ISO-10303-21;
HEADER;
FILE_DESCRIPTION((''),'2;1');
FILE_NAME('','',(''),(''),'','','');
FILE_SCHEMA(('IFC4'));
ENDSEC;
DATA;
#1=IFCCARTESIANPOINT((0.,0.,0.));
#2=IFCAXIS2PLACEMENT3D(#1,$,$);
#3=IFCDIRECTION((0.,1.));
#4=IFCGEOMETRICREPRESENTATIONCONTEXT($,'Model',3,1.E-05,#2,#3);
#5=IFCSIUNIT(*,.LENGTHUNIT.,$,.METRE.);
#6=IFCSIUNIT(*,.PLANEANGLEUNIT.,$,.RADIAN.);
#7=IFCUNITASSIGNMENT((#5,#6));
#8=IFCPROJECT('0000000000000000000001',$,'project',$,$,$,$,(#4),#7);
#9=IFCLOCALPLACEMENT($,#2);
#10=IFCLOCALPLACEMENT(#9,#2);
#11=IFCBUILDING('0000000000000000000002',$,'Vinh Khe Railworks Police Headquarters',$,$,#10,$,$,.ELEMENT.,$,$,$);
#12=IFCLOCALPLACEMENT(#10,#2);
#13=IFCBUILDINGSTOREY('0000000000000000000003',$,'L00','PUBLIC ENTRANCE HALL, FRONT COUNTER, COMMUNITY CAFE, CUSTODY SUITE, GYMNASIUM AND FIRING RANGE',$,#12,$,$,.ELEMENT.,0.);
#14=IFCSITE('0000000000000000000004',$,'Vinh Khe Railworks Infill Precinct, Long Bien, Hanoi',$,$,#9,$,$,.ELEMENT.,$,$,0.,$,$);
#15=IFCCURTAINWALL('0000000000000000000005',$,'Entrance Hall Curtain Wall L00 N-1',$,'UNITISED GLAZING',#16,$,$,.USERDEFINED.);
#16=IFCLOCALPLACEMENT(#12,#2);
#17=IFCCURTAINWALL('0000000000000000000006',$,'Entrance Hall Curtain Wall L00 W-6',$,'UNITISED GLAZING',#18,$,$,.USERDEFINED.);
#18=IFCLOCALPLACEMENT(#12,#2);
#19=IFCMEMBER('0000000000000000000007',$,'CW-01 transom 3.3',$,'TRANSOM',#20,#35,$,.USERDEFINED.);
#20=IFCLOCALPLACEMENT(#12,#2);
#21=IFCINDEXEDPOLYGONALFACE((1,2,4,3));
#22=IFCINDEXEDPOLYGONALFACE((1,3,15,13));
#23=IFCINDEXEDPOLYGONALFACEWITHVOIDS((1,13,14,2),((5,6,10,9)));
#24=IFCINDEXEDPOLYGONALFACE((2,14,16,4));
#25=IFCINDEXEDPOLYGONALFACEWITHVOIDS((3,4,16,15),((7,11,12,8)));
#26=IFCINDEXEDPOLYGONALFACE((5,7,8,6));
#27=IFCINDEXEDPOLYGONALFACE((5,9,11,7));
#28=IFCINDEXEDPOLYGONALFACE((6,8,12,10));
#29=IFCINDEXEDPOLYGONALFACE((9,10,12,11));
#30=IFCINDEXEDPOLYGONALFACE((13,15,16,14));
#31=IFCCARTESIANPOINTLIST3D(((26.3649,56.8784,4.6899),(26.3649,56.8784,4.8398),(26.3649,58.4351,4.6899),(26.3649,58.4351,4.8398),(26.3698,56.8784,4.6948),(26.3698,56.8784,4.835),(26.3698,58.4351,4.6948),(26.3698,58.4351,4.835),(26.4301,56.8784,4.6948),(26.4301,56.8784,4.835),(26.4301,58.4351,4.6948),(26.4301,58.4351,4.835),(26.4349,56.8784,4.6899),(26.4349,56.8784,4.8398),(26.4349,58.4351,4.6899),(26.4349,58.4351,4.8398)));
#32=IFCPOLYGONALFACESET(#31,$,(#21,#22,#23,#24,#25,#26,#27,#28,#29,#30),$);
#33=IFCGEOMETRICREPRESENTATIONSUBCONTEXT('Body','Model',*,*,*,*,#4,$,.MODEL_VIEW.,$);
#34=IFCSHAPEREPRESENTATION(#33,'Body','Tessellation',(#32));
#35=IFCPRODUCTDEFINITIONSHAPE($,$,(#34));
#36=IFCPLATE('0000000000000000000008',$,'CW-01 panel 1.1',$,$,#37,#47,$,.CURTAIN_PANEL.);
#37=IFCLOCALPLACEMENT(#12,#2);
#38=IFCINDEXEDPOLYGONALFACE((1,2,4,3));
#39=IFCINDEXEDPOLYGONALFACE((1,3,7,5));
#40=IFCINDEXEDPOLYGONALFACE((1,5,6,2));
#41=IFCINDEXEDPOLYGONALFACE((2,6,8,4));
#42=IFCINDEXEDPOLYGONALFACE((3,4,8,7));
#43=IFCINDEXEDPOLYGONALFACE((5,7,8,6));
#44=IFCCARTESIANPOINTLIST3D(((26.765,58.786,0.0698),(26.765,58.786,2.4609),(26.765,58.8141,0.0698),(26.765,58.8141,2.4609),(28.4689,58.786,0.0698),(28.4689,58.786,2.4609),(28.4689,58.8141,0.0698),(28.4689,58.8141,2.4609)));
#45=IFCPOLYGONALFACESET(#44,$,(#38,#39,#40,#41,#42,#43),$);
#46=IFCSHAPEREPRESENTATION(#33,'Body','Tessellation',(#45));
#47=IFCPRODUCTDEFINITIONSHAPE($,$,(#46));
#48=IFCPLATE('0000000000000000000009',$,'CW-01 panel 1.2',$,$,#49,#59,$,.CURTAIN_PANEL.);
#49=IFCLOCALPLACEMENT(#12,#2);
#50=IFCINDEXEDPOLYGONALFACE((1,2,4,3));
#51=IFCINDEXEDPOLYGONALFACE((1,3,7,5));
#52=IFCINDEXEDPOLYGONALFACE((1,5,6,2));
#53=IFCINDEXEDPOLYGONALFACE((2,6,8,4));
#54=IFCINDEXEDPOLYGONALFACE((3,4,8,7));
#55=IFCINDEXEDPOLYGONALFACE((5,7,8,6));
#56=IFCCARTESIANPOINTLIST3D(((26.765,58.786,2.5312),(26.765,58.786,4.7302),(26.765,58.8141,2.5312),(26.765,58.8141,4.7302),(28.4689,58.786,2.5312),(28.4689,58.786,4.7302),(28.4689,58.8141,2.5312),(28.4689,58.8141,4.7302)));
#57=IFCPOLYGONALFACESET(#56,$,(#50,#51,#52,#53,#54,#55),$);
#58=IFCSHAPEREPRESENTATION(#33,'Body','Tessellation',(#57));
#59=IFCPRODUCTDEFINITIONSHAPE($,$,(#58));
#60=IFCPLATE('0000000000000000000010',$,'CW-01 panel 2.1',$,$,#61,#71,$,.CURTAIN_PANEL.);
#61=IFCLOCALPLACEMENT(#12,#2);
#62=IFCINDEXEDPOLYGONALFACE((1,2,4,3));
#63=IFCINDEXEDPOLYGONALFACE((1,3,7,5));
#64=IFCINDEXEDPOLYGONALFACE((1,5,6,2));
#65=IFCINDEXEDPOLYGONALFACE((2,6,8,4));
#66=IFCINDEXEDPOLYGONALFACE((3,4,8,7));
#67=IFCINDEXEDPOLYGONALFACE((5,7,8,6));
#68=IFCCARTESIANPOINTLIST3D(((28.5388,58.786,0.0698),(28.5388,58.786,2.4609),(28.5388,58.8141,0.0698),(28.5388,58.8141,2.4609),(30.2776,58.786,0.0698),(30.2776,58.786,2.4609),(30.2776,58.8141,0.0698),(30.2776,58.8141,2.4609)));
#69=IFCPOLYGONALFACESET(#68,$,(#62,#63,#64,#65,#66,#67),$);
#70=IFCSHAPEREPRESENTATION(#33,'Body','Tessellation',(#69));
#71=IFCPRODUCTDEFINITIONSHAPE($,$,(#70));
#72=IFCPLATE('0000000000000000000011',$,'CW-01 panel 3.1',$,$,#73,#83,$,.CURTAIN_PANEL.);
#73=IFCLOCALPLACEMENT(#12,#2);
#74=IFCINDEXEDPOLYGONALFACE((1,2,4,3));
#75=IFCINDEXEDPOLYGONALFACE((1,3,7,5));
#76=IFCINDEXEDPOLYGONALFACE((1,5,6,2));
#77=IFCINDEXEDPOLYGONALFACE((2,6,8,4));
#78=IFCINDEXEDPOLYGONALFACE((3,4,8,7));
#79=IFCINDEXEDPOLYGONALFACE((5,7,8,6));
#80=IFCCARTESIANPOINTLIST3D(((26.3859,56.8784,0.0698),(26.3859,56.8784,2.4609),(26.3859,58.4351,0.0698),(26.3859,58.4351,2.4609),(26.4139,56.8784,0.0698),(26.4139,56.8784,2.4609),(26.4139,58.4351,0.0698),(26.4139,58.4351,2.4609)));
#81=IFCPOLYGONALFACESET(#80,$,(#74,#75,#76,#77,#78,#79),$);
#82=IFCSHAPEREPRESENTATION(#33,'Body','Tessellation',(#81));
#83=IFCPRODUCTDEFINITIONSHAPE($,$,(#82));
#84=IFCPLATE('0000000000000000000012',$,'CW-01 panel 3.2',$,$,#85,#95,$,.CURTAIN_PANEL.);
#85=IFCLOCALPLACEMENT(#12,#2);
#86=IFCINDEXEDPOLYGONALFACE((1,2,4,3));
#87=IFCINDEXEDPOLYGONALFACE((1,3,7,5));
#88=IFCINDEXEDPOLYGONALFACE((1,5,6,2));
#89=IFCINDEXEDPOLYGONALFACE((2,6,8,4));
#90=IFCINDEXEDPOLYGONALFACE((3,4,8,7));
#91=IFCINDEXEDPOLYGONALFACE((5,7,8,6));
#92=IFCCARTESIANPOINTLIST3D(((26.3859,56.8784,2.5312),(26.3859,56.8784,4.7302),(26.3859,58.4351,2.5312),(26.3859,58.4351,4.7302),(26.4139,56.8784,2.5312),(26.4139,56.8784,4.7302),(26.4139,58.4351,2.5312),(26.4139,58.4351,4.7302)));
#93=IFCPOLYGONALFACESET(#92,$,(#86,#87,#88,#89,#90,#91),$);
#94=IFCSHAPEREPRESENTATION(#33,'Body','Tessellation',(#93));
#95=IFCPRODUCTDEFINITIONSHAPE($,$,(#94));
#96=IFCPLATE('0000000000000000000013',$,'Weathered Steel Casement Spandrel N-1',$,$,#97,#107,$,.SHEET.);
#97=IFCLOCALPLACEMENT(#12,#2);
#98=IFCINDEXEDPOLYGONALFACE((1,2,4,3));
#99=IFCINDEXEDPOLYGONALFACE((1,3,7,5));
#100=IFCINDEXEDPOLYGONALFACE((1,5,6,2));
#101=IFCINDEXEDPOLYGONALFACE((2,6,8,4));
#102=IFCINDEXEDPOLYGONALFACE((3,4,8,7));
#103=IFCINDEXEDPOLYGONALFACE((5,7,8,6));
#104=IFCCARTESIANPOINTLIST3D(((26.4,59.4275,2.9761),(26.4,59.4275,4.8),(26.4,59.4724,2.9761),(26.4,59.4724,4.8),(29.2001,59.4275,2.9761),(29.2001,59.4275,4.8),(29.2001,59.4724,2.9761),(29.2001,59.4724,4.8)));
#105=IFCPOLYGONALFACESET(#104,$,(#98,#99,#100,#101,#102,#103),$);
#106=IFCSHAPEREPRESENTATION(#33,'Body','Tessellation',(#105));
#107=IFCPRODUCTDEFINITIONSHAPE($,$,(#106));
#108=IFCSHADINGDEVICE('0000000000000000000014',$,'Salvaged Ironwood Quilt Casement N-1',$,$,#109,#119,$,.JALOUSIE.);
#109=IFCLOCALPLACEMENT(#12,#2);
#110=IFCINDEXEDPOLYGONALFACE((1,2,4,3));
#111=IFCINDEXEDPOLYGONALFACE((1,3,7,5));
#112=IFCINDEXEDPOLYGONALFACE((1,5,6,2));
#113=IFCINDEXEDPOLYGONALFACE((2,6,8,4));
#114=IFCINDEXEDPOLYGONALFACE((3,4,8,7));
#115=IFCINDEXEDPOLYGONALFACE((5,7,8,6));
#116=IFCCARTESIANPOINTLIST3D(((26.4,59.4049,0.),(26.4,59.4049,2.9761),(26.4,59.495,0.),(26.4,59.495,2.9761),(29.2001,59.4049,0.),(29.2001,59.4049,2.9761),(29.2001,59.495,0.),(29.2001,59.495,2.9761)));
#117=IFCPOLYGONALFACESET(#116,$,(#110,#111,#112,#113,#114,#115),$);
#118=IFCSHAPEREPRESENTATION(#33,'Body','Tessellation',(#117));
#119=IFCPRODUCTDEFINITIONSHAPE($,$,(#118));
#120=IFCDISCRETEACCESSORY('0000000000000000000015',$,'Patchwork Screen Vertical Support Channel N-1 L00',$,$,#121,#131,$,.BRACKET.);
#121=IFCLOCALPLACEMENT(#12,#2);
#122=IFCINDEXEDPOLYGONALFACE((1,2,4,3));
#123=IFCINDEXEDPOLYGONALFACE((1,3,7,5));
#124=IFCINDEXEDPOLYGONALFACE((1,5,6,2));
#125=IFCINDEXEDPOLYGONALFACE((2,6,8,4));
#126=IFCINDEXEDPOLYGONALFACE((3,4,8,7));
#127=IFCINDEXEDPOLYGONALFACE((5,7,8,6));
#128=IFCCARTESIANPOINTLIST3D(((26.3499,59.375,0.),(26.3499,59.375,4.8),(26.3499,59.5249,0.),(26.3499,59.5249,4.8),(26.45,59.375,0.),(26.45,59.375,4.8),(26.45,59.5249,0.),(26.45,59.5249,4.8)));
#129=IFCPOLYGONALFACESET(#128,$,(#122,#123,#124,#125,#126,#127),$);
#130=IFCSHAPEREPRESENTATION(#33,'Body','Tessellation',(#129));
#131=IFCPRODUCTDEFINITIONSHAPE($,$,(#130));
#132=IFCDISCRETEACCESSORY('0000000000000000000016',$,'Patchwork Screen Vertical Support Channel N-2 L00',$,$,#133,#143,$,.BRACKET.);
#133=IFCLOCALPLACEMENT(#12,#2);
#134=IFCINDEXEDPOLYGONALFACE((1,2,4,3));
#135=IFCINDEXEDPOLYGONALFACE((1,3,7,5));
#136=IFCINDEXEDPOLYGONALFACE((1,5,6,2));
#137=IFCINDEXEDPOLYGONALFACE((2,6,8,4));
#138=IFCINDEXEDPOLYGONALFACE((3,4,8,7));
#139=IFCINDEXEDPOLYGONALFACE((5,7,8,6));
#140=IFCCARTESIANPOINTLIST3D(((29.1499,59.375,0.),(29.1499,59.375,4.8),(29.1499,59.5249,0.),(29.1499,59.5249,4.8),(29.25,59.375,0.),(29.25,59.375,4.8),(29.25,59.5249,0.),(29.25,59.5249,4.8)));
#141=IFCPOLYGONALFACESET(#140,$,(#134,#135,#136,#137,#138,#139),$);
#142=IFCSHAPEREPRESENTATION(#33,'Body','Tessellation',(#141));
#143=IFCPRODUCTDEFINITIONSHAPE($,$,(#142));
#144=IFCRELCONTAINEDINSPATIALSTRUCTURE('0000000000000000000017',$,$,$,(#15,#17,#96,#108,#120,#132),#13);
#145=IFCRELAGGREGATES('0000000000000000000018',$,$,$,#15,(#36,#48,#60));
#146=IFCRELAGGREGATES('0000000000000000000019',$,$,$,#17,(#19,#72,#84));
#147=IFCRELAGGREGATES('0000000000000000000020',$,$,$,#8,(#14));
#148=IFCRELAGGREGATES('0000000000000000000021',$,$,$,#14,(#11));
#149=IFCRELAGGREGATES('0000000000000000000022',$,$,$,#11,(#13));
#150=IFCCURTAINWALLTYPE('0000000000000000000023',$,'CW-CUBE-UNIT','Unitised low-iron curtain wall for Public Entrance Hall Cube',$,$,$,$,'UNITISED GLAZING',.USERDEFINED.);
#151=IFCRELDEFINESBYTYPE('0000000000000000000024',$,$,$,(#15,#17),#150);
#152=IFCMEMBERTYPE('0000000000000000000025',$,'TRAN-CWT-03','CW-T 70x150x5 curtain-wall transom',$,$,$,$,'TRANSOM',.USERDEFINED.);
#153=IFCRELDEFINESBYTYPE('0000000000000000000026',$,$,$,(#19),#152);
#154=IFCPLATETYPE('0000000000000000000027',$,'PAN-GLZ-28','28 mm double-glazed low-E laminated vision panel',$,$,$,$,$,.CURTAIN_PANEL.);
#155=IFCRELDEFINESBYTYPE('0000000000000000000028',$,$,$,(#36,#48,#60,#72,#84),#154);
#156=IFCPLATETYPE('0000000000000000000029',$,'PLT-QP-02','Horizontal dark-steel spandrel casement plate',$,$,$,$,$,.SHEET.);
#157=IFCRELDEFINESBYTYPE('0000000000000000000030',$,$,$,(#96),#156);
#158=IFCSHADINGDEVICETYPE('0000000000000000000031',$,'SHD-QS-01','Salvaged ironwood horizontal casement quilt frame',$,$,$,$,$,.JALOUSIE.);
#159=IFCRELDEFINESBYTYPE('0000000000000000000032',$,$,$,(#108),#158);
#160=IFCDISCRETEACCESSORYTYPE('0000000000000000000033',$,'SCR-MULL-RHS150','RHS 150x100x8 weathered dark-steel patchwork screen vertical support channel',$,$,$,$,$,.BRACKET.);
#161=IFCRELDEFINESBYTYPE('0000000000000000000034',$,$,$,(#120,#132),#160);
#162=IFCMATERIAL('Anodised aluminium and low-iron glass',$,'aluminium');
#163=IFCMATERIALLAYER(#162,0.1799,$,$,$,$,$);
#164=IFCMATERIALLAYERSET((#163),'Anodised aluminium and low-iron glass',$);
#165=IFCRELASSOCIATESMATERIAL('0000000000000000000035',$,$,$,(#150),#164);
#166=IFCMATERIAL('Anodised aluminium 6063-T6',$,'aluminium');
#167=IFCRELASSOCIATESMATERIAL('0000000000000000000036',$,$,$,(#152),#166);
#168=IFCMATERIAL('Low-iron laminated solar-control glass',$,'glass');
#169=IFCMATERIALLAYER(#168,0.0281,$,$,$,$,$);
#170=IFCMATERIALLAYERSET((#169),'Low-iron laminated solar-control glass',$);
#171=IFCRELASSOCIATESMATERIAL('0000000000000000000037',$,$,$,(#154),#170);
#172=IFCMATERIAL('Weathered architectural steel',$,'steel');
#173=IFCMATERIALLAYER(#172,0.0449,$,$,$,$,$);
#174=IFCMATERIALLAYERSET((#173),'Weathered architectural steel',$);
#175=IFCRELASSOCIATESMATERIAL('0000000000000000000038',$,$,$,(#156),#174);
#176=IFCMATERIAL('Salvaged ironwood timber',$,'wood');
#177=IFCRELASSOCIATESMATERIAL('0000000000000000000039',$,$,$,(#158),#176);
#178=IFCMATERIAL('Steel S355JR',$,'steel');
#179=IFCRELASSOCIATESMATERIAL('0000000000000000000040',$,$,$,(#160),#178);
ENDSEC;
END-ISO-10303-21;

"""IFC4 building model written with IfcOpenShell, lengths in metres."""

from ifc_helpers import new_model, si_unit, direction, frame, origin, origin_2d, place, context, subcontext, project, spatial, rectangle, hollow_rectangle, extrude, material, layer, layer_set, material_profile, profile_set, type_object, element, aggregate, save


model = new_model("IFC4")

# Units and contexts
model_context = context("Model", 3, precision=1e-05, world=origin(), true_north=direction((0.0, 1.0)))
body_context = subcontext(model_context, "Body", "Model", "MODEL_VIEW")
ifc_project = project(units=[si_unit("LENGTHUNIT", "METRE"), si_unit("PLANEANGLEUNIT", "RADIAN")], contexts=[model_context])

# Site, building, storey
site_placement = place(None, origin())
site = spatial("IfcSite", under=ifc_project, at=site_placement, Name="Vinh Khe Railworks Infill Precinct, Long Bien, Hanoi", CompositionType="ELEMENT", RefElevation=0.0)
building_placement = place(site_placement, origin())
building = spatial("IfcBuilding", under=site, at=building_placement, Name="Vinh Khe Railworks Police Headquarters", CompositionType="ELEMENT")
storey_placement = place(building_placement, origin())
storey = spatial("IfcBuildingStorey", under=building, at=storey_placement, Name="L00", Description="PUBLIC ENTRANCE HALL, FRONT COUNTER, COMMUNITY CAFE, CUSTODY SUITE, GYMNASIUM AND FIRING RANGE", CompositionType="ELEMENT", Elevation=0.0)

# Shared definitions
ifc_material_1 = material(Name="Steel S355JR", Category="steel")

# Shared definitions
ifc_material_2 = material(Name="Salvaged ironwood timber", Category="wood")

# Curtain walls
ifc_material_3 = material(Name="Anodised aluminium and low-iron glass", Category="aluminium")
ifc_layer_1 = layer(ifc_material_3, 0.1799)
ifc_layer_set_1 = layer_set([ifc_layer_1], Name="Anodised aluminium and low-iron glass")
curtain_wall_type = type_object("IfcCurtainWallType", Name="CW-CUBE-UNIT", Description="Unitised low-iron curtain wall for Public Entrance Hall Cube", ElementType="UNITISED GLAZING", PredefinedType="USERDEFINED", material=ifc_layer_set_1)
curtain_wall_1_placement = place(storey_placement, origin())
curtain_wall_1 = element("IfcCurtainWall", 1, at=curtain_wall_1_placement, inside=storey, type_object=curtain_wall_type, Name="Entrance Hall Curtain Wall L00 N-1", ObjectType="UNITISED GLAZING", PredefinedType="USERDEFINED")
ifc_material_4 = material(Name="Anodised aluminium 6063-T6", Category="aluminium")
curtain_wall_2_placement = place(storey_placement, origin())
curtain_wall_2 = element("IfcCurtainWall", 2, at=curtain_wall_2_placement, inside=storey, type_object=curtain_wall_type, Name="Entrance Hall Curtain Wall L00 W-6", ObjectType="UNITISED GLAZING", PredefinedType="USERDEFINED")

# Member
ifc_material_profile_1 = material_profile(ifc_material_4, hollow_rectangle(XDim=0.0701, YDim=0.1499, WallThickness=0.0049, at=origin_2d()), Name="CW-T 70x150x5")
ifc_profile_set_1 = profile_set([ifc_material_profile_1], Name="Anodised aluminium 6063-T6")
member_type_1 = type_object("IfcMemberType", Name="TRAN-CWT-03", Description="CW-T 70x150x5 curtain-wall transom", ElementType="TRANSOM", PredefinedType="USERDEFINED", material=ifc_profile_set_1)
member_1_placement = place(storey_placement, frame((26.3999, 56.8784, 4.7649), z_axis=(0.0, 1.0, 0.0), x_axis=(-1.0, 0.0, 0.0)))
member_1 = element("IfcMember", 3, at=member_1_placement, type_object=member_type_1, Name="CW-01 transom 3.3", ObjectType="TRANSOM", PredefinedType="USERDEFINED", context=body_context, shape_type="SweptSolid", body=[
    extrude(hollow_rectangle(XDim=0.0701, YDim=0.1499, WallThickness=0.0049, at=origin_2d()), origin(), (0.0, 0.0, 1.0), 1.5566),
])

# Plates
ifc_material_5 = material(Name="Low-iron laminated solar-control glass", Category="glass")
ifc_layer_2 = layer(ifc_material_5, 0.0281)
ifc_layer_set_2 = layer_set([ifc_layer_2], Name="Low-iron laminated solar-control glass")
plate_type_1 = type_object("IfcPlateType", Name="PAN-GLZ-28", Description="28 mm double-glazed low-E laminated vision panel", PredefinedType="CURTAIN_PANEL", material=ifc_layer_set_2)
plate_1_placement = place(storey_placement, frame((27.6169, 58.8, 0.0698), z_axis=(0.0, 0.0, 1.0), x_axis=(1.0, 0.0, 0.0)))
plate_1 = element("IfcPlate", 4, at=plate_1_placement, type_object=plate_type_1, Name="CW-01 panel 1.1", PredefinedType="CURTAIN_PANEL", context=body_context, shape_type="SweptSolid", body=[
    extrude(rectangle(XDim=1.7039, YDim=0.0281, at=origin_2d()), origin(), (0.0, 0.0, 1.0), 2.3911),
])
plate_2_placement = place(storey_placement, frame((27.6169, 58.8, 2.5312), z_axis=(0.0, 0.0, 1.0), x_axis=(1.0, 0.0, 0.0)))
plate_2 = element("IfcPlate", 5, at=plate_2_placement, type_object=plate_type_1, Name="CW-01 panel 1.2", PredefinedType="CURTAIN_PANEL", context=body_context, shape_type="SweptSolid", body=[
    extrude(rectangle(XDim=1.7039, YDim=0.0281, at=origin_2d()), origin(), (0.0, 0.0, 1.0), 2.199),
])
plate_3_placement = place(storey_placement, frame((29.4082, 58.8, 0.0698), z_axis=(0.0, 0.0, 1.0), x_axis=(1.0, 0.0, 0.0)))
plate_3 = element("IfcPlate", 6, at=plate_3_placement, type_object=plate_type_1, Name="CW-01 panel 2.1", PredefinedType="CURTAIN_PANEL", context=body_context, shape_type="SweptSolid", body=[
    extrude(rectangle(XDim=1.7388, YDim=0.0281, at=origin_2d()), origin(), (0.0, 0.0, 1.0), 2.3911),
])
aggregate(curtain_wall_1, [plate_1, plate_2, plate_3])
plate_4_placement = place(storey_placement, frame((26.3999, 57.6567, 0.0698), z_axis=(0.0, 0.0, 1.0), x_axis=(0.0, 1.0, 0.0)))
plate_4 = element("IfcPlate", 7, at=plate_4_placement, type_object=plate_type_1, Name="CW-01 panel 3.1", PredefinedType="CURTAIN_PANEL", context=body_context, shape_type="SweptSolid", body=[
    extrude(rectangle(XDim=1.5566, YDim=0.0281, at=origin_2d()), origin(), (0.0, 0.0, 1.0), 2.3911),
])
plate_5_placement = place(storey_placement, frame((26.3999, 57.6567, 2.5312), z_axis=(0.0, 0.0, 1.0), x_axis=(0.0, 1.0, 0.0)))
plate_5 = element("IfcPlate", 8, at=plate_5_placement, type_object=plate_type_1, Name="CW-01 panel 3.2", PredefinedType="CURTAIN_PANEL", context=body_context, shape_type="SweptSolid", body=[
    extrude(rectangle(XDim=1.5566, YDim=0.0281, at=origin_2d()), origin(), (0.0, 0.0, 1.0), 2.199),
])
aggregate(curtain_wall_2, [member_1, plate_4, plate_5])
ifc_material_6 = material(Name="Weathered architectural steel", Category="steel")
ifc_layer_3 = layer(ifc_material_6, 0.0449)
ifc_layer_set_3 = layer_set([ifc_layer_3], Name="Weathered architectural steel")
plate_type_2 = type_object("IfcPlateType", Name="PLT-QP-02", Description="Horizontal dark-steel spandrel casement plate", PredefinedType="SHEET", material=ifc_layer_set_3)
plate_6_placement = place(storey_placement, frame((27.8, 59.45, 2.9761), z_axis=(0.0, 0.0, 1.0), x_axis=(1.0, 0.0, 0.0)))
element("IfcPlate", 9, at=plate_6_placement, inside=storey, type_object=plate_type_2, Name="Weathered Steel Casement Spandrel N-1", PredefinedType="SHEET", context=body_context, shape_type="SweptSolid", body=[
    extrude(rectangle(XDim=2.8, YDim=0.0449, at=origin_2d()), origin(), (0.0, 0.0, 1.0), 1.824),
])

# Shading device
shading_device_type = type_object("IfcShadingDeviceType", Name="SHD-QS-01", Description="Salvaged ironwood horizontal casement quilt frame", PredefinedType="JALOUSIE", material=ifc_material_2)
shading_device_placement = place(storey_placement, frame((27.8, 59.45, 0.0), z_axis=(0.0, 0.0, 1.0), x_axis=(1.0, 0.0, 0.0)))
element("IfcShadingDevice", 10, at=shading_device_placement, inside=storey, type_object=shading_device_type, Name="Salvaged Ironwood Quilt Casement N-1", PredefinedType="JALOUSIE", context=body_context, shape_type="SweptSolid", body=[
    extrude(rectangle(XDim=2.8, YDim=0.0901, at=origin_2d()), origin(), (0.0, 0.0, 1.0), 2.9761),
])

# Discrete accessories
discrete_accessory_type = type_object("IfcDiscreteAccessoryType", Name="SCR-MULL-RHS150", Description="RHS 150x100x8 weathered dark-steel patchwork screen vertical support channel", PredefinedType="BRACKET", material=ifc_material_1)
for number, where, z_axis, x_axis, name in (
    (11, (26.3999, 59.45, 0.0), (0.0, 0.0, 1.0), (1.0, 0.0, 0.0), "Patchwork Screen Vertical Support Channel N-1 L00"),
    (12, (29.2, 59.45, 0.0), (0.0, 0.0, 1.0), (1.0, 0.0, 0.0), "Patchwork Screen Vertical Support Channel N-2 L00"),
):
    element("IfcDiscreteAccessory", number, at=place(storey_placement, frame(where, z_axis=z_axis, x_axis=x_axis)), inside=storey, type_object=discrete_accessory_type, Name=name, PredefinedType="BRACKET", context=body_context, shape_type="SweptSolid", body=[
        extrude(rectangle(XDim=0.1001, YDim=0.1499, at=origin_2d()), origin(), (0.0, 0.0, 1.0), 4.8),
    ])

save(model, "model.ifc")
